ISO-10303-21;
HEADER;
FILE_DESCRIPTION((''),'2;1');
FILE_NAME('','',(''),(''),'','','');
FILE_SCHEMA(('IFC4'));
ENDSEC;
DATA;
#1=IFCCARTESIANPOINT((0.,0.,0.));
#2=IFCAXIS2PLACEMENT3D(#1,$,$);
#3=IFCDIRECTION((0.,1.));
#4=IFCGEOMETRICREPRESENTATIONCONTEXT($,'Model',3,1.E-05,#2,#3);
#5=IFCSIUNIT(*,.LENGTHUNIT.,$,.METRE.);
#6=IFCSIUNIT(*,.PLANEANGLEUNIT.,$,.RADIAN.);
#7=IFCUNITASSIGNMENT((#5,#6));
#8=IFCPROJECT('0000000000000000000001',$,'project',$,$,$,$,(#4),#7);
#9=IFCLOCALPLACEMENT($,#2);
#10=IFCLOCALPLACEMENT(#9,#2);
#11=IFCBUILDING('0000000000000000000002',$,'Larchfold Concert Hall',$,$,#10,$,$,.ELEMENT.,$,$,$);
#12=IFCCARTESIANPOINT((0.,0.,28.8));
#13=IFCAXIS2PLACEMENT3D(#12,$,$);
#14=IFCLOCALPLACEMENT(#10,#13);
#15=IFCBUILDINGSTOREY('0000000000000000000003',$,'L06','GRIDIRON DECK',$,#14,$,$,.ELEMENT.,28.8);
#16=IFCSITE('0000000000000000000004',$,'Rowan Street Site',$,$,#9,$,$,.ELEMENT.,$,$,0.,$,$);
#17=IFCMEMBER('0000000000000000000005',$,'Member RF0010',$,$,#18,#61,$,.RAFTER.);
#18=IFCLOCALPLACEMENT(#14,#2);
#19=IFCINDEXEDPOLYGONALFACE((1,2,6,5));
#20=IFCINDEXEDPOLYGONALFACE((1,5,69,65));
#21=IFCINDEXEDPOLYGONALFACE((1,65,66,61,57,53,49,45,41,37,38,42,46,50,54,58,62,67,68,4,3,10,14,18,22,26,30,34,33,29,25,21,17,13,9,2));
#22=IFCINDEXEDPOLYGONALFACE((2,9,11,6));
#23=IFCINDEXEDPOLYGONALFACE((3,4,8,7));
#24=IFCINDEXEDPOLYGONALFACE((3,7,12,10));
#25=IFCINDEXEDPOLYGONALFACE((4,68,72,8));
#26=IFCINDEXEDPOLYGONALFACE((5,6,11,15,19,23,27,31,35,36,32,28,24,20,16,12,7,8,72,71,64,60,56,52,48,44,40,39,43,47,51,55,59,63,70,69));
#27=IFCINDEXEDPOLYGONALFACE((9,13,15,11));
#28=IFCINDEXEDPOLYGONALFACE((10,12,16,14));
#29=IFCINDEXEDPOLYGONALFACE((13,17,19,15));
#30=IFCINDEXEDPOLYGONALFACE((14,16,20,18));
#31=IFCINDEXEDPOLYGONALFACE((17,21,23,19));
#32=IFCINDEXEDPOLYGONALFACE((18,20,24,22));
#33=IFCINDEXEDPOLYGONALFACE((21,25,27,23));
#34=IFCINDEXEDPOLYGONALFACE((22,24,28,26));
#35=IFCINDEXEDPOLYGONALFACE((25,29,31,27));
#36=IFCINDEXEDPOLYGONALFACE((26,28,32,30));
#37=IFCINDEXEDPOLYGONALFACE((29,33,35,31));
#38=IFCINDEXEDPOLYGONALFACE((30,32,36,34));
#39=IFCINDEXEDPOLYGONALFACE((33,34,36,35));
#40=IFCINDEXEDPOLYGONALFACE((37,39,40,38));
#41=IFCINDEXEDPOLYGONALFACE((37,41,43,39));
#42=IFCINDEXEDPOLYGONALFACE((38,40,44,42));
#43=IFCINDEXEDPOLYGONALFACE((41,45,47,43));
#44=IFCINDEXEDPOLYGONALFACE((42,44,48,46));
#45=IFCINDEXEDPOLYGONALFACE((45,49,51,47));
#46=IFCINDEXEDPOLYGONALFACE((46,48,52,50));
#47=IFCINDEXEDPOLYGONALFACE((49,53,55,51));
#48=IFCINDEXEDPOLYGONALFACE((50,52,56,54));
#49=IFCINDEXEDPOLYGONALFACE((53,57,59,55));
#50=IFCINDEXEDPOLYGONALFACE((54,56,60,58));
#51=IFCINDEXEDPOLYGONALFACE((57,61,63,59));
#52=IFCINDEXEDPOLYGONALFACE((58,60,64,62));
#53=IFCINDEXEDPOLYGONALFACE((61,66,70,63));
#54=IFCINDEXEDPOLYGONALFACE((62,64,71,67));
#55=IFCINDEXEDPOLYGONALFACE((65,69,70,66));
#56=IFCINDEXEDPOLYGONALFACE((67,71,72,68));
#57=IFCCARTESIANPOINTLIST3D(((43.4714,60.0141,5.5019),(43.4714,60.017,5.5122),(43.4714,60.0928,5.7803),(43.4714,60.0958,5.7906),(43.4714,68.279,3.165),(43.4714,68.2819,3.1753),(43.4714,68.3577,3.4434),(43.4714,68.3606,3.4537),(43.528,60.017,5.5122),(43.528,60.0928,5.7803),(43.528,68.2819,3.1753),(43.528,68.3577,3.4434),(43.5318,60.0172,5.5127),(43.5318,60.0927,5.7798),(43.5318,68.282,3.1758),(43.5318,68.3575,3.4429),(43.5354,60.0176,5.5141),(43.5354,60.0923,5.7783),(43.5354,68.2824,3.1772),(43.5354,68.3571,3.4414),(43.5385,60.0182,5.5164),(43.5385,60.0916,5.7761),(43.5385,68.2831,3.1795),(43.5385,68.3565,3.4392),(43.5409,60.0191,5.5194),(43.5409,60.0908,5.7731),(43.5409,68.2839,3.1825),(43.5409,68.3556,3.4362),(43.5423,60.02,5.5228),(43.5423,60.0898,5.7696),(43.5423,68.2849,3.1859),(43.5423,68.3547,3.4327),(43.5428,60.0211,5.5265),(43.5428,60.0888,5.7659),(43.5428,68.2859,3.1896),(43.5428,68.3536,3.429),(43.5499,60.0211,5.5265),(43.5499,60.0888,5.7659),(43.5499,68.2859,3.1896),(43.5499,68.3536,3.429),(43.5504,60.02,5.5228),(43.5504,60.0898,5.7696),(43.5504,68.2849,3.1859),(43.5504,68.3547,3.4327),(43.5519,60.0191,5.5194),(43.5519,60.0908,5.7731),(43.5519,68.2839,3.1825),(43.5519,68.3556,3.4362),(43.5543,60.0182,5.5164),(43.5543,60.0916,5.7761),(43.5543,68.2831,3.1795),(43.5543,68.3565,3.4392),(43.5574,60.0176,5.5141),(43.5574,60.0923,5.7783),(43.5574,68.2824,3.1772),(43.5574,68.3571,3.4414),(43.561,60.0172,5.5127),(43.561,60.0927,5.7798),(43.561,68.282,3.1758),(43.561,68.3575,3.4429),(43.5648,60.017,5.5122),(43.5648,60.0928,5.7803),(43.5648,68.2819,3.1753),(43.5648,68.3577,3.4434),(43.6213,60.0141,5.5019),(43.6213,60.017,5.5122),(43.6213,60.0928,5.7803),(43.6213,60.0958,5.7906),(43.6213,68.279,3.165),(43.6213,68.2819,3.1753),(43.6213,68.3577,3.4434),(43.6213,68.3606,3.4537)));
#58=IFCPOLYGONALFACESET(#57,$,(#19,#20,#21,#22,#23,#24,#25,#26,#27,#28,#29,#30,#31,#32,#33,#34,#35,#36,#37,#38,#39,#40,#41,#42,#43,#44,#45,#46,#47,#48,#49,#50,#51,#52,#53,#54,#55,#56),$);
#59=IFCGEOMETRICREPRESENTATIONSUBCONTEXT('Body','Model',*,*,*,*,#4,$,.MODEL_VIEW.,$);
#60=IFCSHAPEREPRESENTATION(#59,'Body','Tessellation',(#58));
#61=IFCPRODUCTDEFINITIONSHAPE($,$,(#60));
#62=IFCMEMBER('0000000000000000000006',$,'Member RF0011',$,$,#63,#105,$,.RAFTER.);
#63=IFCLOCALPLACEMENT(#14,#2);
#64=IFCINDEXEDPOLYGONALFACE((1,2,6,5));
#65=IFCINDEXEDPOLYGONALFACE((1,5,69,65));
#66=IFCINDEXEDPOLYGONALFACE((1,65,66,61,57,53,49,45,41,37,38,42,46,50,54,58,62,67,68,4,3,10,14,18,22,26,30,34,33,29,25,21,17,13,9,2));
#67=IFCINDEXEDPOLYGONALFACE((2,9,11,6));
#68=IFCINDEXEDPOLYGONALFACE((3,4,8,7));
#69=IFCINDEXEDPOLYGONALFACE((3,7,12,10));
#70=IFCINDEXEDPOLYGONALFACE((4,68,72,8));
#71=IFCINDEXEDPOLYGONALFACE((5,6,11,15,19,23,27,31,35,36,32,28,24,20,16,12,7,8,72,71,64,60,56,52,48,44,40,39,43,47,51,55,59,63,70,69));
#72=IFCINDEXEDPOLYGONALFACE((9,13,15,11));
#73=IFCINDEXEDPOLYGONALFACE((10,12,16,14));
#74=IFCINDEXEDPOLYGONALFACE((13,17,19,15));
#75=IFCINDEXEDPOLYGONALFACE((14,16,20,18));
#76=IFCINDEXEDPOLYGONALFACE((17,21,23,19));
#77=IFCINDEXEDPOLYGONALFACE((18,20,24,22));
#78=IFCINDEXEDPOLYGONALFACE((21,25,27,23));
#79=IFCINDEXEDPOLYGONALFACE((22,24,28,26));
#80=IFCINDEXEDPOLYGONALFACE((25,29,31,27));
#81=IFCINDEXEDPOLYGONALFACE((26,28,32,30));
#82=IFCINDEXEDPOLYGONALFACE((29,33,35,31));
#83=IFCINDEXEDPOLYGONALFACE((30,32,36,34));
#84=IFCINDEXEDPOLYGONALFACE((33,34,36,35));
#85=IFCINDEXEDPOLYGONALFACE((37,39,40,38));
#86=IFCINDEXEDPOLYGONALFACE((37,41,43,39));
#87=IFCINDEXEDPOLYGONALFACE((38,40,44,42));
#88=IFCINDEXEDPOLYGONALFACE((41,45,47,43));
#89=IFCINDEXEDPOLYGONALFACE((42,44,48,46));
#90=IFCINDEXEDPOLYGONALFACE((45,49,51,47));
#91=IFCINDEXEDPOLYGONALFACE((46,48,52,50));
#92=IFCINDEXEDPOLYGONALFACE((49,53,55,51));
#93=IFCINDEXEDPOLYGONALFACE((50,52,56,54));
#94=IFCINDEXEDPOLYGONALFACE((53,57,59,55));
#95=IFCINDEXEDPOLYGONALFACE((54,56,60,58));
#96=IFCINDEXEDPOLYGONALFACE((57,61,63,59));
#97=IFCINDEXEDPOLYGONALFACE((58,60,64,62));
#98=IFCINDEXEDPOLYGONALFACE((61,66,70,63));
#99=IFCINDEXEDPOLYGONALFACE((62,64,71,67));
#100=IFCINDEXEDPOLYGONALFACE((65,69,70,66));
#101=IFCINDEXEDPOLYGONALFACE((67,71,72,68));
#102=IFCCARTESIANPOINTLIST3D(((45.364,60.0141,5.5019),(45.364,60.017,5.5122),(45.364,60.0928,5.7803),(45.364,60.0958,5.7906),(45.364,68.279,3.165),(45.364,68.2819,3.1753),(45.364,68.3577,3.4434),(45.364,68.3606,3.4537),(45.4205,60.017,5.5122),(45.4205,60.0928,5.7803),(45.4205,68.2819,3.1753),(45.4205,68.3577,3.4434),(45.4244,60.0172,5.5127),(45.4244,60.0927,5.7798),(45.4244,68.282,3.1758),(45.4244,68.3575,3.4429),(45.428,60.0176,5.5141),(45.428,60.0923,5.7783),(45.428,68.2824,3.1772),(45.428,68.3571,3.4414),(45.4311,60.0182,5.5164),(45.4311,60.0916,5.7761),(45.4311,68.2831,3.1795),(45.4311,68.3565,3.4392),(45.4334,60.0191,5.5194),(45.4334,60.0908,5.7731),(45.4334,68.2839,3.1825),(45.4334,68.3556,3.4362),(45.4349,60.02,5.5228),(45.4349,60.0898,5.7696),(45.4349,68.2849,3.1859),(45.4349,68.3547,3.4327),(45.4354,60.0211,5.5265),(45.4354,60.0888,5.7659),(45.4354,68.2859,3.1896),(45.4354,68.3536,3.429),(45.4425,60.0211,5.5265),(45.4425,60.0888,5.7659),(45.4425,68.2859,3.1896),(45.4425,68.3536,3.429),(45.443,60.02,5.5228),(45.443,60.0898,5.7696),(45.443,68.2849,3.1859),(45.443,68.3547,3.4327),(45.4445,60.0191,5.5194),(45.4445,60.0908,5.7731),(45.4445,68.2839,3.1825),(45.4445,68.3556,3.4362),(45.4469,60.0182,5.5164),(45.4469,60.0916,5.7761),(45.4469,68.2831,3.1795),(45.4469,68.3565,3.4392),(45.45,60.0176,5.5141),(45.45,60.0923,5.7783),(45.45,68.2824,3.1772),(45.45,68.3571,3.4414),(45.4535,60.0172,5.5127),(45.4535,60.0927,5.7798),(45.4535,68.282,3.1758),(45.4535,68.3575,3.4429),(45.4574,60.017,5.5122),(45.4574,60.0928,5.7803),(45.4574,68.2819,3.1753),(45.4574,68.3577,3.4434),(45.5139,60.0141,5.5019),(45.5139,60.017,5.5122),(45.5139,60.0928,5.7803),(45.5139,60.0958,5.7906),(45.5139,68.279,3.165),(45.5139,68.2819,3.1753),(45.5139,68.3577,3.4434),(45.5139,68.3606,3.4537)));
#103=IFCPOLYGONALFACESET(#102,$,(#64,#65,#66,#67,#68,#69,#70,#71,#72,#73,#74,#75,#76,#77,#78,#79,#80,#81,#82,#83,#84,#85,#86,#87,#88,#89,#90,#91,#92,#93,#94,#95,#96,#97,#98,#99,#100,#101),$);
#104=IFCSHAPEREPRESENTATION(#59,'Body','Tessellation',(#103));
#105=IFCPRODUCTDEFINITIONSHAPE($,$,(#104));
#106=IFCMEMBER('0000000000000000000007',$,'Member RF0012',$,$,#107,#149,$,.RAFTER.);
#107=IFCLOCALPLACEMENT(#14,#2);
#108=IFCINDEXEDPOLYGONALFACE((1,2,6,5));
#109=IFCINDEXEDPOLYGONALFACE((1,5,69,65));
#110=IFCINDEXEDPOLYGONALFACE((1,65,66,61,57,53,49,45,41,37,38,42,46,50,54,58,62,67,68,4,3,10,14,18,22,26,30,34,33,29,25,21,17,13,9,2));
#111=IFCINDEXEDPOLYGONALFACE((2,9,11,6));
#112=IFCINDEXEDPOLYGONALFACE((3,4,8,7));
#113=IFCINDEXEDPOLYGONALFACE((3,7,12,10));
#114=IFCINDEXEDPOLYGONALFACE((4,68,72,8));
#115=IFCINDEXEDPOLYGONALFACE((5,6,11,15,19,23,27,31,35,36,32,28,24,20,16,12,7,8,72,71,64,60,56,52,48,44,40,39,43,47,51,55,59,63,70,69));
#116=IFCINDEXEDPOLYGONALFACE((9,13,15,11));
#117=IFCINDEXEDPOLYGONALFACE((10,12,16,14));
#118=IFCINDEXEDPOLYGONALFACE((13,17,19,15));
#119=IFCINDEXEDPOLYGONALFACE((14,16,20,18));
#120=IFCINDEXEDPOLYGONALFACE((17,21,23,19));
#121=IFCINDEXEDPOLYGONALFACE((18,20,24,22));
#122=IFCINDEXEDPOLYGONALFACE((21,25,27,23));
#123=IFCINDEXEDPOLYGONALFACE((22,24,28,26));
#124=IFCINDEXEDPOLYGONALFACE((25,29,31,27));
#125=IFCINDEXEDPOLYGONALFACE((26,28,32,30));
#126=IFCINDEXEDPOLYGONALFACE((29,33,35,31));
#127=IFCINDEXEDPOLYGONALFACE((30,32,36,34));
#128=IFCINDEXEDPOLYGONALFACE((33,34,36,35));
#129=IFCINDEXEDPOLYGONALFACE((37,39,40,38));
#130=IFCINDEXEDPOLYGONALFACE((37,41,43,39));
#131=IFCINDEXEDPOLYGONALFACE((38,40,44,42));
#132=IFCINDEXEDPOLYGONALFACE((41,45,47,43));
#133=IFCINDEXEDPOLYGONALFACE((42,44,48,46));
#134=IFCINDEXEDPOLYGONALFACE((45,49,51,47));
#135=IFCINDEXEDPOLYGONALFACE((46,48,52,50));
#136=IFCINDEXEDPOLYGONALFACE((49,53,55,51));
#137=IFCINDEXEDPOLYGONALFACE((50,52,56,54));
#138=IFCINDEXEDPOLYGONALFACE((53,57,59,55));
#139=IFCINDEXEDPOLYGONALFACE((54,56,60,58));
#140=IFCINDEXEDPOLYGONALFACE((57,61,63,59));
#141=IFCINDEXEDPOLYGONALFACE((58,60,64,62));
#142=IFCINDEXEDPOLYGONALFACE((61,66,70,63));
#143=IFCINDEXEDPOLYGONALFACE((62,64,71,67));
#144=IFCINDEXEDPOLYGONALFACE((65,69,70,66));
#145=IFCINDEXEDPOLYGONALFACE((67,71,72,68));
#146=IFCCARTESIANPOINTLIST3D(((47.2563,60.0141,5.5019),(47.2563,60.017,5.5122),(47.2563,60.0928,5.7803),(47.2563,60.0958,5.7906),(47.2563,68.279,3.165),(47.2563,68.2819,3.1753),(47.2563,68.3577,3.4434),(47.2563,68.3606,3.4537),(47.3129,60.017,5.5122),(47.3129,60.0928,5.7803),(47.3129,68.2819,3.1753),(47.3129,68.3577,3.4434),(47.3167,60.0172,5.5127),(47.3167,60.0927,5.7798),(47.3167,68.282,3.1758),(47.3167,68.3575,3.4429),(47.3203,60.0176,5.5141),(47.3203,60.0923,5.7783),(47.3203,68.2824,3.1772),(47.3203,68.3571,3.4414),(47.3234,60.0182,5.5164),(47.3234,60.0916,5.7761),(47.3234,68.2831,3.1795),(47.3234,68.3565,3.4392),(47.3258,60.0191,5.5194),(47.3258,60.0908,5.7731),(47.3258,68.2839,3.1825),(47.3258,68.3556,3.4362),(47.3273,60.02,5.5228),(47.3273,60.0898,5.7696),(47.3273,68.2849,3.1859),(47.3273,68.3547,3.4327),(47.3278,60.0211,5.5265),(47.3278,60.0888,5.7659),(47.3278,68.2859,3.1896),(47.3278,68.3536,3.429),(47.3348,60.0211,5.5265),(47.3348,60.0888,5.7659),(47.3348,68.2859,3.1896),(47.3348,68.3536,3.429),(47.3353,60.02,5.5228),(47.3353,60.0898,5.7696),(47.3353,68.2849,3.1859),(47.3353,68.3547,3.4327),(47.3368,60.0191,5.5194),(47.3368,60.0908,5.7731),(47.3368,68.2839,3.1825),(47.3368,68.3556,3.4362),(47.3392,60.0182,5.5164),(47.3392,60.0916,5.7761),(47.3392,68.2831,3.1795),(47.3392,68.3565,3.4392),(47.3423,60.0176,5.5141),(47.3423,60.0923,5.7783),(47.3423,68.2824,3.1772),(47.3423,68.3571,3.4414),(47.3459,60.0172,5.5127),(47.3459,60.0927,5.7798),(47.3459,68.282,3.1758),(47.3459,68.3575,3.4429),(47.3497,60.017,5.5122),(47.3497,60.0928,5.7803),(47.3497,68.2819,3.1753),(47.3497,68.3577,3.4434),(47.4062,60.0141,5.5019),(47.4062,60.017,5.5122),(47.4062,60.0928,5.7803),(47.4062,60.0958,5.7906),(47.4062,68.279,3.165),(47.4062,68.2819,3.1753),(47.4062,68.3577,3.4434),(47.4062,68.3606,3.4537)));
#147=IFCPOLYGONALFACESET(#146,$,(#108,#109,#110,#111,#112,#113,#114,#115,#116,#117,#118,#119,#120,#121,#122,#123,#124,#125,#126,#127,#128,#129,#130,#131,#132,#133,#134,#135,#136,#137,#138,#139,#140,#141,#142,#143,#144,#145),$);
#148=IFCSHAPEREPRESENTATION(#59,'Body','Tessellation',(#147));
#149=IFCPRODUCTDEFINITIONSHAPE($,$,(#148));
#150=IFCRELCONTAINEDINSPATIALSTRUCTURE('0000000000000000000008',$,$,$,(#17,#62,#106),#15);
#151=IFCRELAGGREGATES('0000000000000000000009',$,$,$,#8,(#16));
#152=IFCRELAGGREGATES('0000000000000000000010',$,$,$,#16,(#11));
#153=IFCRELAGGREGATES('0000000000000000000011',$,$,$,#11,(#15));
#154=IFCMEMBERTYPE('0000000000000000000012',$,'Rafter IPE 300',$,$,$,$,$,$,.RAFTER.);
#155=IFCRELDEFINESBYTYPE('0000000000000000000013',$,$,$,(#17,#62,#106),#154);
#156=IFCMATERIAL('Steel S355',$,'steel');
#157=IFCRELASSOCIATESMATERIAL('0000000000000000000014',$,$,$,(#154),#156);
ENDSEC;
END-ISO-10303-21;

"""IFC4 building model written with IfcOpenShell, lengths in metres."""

from ifc_helpers import new_model, si_unit, direction, frame, origin, origin_2d, place, context, subcontext, project, spatial, i_section, extrude, material, material_profile, profile_set, type_object, element, save


model = new_model("IFC4")

# Units and contexts
model_context = context("Model", 3, precision=1e-05, world=origin(), true_north=direction((0.0, 1.0)))
body_context = subcontext(model_context, "Body", "Model", "MODEL_VIEW")
ifc_project = project(units=[si_unit("LENGTHUNIT", "METRE"), si_unit("PLANEANGLEUNIT", "RADIAN")], contexts=[model_context])

# Site, building, storey
site_placement = place(None, origin())
site = spatial("IfcSite", under=ifc_project, at=site_placement, Name="Rowan Street Site", CompositionType="ELEMENT", RefElevation=0.0)
building_placement = place(site_placement, origin())
building = spatial("IfcBuilding", under=site, at=building_placement, Name="Larchfold Concert Hall", CompositionType="ELEMENT")
storey_placement = place(building_placement, frame((0.0, 0.0, 28.8)))
storey = spatial("IfcBuildingStorey", under=building, at=storey_placement, Name="L06", Description="GRIDIRON DECK", CompositionType="ELEMENT", Elevation=28.8)

# Members
ifc_material_1 = material(Name="Steel S355", Category="steel")
ifc_material_profile_1 = material_profile(ifc_material_1, i_section(OverallWidth=0.1499, OverallDepth=0.3, WebThickness=0.0071, FlangeThickness=0.0107, FilletRadius=0.0149, at=origin_2d()))
ifc_profile_set_1 = profile_set([ifc_material_profile_1], Name="Steel S355")
member_type_1 = type_object("IfcMemberType", Name="Rafter IPE 300", PredefinedType="RAFTER", material=ifc_profile_set_1)
for number, where, z_axis, x_axis, name in (
    (1, (43.5464, 60.0549, 5.6462), (0.0, 0.962273, -0.272085), (-1.0, 0.0, 0.0), "Member RF0010"),
    (2, (45.439, 60.0549, 5.6462), (0.0, 0.962273, -0.272085), (-1.0, 0.0, 0.0), "Member RF0011"),
    (3, (47.3313, 60.0549, 5.6462), (0.0, 0.962273, -0.272085), (-1.0, 0.0, 0.0), "Member RF0012"),
):
    element("IfcMember", number, at=place(storey_placement, frame(where, z_axis=z_axis, x_axis=x_axis)), inside=storey, type_object=member_type_1, Name=name, PredefinedType="RAFTER", context=body_context, shape_type="SweptSolid", body=[
        extrude(i_section(OverallWidth=0.1499, OverallDepth=0.3, WebThickness=0.0071, FlangeThickness=0.0107, FilletRadius=0.0149, at=origin_2d()), origin(), (0.0, 0.0, 1.0), 8.5889),
    ])

save(model, "model.ifc")
